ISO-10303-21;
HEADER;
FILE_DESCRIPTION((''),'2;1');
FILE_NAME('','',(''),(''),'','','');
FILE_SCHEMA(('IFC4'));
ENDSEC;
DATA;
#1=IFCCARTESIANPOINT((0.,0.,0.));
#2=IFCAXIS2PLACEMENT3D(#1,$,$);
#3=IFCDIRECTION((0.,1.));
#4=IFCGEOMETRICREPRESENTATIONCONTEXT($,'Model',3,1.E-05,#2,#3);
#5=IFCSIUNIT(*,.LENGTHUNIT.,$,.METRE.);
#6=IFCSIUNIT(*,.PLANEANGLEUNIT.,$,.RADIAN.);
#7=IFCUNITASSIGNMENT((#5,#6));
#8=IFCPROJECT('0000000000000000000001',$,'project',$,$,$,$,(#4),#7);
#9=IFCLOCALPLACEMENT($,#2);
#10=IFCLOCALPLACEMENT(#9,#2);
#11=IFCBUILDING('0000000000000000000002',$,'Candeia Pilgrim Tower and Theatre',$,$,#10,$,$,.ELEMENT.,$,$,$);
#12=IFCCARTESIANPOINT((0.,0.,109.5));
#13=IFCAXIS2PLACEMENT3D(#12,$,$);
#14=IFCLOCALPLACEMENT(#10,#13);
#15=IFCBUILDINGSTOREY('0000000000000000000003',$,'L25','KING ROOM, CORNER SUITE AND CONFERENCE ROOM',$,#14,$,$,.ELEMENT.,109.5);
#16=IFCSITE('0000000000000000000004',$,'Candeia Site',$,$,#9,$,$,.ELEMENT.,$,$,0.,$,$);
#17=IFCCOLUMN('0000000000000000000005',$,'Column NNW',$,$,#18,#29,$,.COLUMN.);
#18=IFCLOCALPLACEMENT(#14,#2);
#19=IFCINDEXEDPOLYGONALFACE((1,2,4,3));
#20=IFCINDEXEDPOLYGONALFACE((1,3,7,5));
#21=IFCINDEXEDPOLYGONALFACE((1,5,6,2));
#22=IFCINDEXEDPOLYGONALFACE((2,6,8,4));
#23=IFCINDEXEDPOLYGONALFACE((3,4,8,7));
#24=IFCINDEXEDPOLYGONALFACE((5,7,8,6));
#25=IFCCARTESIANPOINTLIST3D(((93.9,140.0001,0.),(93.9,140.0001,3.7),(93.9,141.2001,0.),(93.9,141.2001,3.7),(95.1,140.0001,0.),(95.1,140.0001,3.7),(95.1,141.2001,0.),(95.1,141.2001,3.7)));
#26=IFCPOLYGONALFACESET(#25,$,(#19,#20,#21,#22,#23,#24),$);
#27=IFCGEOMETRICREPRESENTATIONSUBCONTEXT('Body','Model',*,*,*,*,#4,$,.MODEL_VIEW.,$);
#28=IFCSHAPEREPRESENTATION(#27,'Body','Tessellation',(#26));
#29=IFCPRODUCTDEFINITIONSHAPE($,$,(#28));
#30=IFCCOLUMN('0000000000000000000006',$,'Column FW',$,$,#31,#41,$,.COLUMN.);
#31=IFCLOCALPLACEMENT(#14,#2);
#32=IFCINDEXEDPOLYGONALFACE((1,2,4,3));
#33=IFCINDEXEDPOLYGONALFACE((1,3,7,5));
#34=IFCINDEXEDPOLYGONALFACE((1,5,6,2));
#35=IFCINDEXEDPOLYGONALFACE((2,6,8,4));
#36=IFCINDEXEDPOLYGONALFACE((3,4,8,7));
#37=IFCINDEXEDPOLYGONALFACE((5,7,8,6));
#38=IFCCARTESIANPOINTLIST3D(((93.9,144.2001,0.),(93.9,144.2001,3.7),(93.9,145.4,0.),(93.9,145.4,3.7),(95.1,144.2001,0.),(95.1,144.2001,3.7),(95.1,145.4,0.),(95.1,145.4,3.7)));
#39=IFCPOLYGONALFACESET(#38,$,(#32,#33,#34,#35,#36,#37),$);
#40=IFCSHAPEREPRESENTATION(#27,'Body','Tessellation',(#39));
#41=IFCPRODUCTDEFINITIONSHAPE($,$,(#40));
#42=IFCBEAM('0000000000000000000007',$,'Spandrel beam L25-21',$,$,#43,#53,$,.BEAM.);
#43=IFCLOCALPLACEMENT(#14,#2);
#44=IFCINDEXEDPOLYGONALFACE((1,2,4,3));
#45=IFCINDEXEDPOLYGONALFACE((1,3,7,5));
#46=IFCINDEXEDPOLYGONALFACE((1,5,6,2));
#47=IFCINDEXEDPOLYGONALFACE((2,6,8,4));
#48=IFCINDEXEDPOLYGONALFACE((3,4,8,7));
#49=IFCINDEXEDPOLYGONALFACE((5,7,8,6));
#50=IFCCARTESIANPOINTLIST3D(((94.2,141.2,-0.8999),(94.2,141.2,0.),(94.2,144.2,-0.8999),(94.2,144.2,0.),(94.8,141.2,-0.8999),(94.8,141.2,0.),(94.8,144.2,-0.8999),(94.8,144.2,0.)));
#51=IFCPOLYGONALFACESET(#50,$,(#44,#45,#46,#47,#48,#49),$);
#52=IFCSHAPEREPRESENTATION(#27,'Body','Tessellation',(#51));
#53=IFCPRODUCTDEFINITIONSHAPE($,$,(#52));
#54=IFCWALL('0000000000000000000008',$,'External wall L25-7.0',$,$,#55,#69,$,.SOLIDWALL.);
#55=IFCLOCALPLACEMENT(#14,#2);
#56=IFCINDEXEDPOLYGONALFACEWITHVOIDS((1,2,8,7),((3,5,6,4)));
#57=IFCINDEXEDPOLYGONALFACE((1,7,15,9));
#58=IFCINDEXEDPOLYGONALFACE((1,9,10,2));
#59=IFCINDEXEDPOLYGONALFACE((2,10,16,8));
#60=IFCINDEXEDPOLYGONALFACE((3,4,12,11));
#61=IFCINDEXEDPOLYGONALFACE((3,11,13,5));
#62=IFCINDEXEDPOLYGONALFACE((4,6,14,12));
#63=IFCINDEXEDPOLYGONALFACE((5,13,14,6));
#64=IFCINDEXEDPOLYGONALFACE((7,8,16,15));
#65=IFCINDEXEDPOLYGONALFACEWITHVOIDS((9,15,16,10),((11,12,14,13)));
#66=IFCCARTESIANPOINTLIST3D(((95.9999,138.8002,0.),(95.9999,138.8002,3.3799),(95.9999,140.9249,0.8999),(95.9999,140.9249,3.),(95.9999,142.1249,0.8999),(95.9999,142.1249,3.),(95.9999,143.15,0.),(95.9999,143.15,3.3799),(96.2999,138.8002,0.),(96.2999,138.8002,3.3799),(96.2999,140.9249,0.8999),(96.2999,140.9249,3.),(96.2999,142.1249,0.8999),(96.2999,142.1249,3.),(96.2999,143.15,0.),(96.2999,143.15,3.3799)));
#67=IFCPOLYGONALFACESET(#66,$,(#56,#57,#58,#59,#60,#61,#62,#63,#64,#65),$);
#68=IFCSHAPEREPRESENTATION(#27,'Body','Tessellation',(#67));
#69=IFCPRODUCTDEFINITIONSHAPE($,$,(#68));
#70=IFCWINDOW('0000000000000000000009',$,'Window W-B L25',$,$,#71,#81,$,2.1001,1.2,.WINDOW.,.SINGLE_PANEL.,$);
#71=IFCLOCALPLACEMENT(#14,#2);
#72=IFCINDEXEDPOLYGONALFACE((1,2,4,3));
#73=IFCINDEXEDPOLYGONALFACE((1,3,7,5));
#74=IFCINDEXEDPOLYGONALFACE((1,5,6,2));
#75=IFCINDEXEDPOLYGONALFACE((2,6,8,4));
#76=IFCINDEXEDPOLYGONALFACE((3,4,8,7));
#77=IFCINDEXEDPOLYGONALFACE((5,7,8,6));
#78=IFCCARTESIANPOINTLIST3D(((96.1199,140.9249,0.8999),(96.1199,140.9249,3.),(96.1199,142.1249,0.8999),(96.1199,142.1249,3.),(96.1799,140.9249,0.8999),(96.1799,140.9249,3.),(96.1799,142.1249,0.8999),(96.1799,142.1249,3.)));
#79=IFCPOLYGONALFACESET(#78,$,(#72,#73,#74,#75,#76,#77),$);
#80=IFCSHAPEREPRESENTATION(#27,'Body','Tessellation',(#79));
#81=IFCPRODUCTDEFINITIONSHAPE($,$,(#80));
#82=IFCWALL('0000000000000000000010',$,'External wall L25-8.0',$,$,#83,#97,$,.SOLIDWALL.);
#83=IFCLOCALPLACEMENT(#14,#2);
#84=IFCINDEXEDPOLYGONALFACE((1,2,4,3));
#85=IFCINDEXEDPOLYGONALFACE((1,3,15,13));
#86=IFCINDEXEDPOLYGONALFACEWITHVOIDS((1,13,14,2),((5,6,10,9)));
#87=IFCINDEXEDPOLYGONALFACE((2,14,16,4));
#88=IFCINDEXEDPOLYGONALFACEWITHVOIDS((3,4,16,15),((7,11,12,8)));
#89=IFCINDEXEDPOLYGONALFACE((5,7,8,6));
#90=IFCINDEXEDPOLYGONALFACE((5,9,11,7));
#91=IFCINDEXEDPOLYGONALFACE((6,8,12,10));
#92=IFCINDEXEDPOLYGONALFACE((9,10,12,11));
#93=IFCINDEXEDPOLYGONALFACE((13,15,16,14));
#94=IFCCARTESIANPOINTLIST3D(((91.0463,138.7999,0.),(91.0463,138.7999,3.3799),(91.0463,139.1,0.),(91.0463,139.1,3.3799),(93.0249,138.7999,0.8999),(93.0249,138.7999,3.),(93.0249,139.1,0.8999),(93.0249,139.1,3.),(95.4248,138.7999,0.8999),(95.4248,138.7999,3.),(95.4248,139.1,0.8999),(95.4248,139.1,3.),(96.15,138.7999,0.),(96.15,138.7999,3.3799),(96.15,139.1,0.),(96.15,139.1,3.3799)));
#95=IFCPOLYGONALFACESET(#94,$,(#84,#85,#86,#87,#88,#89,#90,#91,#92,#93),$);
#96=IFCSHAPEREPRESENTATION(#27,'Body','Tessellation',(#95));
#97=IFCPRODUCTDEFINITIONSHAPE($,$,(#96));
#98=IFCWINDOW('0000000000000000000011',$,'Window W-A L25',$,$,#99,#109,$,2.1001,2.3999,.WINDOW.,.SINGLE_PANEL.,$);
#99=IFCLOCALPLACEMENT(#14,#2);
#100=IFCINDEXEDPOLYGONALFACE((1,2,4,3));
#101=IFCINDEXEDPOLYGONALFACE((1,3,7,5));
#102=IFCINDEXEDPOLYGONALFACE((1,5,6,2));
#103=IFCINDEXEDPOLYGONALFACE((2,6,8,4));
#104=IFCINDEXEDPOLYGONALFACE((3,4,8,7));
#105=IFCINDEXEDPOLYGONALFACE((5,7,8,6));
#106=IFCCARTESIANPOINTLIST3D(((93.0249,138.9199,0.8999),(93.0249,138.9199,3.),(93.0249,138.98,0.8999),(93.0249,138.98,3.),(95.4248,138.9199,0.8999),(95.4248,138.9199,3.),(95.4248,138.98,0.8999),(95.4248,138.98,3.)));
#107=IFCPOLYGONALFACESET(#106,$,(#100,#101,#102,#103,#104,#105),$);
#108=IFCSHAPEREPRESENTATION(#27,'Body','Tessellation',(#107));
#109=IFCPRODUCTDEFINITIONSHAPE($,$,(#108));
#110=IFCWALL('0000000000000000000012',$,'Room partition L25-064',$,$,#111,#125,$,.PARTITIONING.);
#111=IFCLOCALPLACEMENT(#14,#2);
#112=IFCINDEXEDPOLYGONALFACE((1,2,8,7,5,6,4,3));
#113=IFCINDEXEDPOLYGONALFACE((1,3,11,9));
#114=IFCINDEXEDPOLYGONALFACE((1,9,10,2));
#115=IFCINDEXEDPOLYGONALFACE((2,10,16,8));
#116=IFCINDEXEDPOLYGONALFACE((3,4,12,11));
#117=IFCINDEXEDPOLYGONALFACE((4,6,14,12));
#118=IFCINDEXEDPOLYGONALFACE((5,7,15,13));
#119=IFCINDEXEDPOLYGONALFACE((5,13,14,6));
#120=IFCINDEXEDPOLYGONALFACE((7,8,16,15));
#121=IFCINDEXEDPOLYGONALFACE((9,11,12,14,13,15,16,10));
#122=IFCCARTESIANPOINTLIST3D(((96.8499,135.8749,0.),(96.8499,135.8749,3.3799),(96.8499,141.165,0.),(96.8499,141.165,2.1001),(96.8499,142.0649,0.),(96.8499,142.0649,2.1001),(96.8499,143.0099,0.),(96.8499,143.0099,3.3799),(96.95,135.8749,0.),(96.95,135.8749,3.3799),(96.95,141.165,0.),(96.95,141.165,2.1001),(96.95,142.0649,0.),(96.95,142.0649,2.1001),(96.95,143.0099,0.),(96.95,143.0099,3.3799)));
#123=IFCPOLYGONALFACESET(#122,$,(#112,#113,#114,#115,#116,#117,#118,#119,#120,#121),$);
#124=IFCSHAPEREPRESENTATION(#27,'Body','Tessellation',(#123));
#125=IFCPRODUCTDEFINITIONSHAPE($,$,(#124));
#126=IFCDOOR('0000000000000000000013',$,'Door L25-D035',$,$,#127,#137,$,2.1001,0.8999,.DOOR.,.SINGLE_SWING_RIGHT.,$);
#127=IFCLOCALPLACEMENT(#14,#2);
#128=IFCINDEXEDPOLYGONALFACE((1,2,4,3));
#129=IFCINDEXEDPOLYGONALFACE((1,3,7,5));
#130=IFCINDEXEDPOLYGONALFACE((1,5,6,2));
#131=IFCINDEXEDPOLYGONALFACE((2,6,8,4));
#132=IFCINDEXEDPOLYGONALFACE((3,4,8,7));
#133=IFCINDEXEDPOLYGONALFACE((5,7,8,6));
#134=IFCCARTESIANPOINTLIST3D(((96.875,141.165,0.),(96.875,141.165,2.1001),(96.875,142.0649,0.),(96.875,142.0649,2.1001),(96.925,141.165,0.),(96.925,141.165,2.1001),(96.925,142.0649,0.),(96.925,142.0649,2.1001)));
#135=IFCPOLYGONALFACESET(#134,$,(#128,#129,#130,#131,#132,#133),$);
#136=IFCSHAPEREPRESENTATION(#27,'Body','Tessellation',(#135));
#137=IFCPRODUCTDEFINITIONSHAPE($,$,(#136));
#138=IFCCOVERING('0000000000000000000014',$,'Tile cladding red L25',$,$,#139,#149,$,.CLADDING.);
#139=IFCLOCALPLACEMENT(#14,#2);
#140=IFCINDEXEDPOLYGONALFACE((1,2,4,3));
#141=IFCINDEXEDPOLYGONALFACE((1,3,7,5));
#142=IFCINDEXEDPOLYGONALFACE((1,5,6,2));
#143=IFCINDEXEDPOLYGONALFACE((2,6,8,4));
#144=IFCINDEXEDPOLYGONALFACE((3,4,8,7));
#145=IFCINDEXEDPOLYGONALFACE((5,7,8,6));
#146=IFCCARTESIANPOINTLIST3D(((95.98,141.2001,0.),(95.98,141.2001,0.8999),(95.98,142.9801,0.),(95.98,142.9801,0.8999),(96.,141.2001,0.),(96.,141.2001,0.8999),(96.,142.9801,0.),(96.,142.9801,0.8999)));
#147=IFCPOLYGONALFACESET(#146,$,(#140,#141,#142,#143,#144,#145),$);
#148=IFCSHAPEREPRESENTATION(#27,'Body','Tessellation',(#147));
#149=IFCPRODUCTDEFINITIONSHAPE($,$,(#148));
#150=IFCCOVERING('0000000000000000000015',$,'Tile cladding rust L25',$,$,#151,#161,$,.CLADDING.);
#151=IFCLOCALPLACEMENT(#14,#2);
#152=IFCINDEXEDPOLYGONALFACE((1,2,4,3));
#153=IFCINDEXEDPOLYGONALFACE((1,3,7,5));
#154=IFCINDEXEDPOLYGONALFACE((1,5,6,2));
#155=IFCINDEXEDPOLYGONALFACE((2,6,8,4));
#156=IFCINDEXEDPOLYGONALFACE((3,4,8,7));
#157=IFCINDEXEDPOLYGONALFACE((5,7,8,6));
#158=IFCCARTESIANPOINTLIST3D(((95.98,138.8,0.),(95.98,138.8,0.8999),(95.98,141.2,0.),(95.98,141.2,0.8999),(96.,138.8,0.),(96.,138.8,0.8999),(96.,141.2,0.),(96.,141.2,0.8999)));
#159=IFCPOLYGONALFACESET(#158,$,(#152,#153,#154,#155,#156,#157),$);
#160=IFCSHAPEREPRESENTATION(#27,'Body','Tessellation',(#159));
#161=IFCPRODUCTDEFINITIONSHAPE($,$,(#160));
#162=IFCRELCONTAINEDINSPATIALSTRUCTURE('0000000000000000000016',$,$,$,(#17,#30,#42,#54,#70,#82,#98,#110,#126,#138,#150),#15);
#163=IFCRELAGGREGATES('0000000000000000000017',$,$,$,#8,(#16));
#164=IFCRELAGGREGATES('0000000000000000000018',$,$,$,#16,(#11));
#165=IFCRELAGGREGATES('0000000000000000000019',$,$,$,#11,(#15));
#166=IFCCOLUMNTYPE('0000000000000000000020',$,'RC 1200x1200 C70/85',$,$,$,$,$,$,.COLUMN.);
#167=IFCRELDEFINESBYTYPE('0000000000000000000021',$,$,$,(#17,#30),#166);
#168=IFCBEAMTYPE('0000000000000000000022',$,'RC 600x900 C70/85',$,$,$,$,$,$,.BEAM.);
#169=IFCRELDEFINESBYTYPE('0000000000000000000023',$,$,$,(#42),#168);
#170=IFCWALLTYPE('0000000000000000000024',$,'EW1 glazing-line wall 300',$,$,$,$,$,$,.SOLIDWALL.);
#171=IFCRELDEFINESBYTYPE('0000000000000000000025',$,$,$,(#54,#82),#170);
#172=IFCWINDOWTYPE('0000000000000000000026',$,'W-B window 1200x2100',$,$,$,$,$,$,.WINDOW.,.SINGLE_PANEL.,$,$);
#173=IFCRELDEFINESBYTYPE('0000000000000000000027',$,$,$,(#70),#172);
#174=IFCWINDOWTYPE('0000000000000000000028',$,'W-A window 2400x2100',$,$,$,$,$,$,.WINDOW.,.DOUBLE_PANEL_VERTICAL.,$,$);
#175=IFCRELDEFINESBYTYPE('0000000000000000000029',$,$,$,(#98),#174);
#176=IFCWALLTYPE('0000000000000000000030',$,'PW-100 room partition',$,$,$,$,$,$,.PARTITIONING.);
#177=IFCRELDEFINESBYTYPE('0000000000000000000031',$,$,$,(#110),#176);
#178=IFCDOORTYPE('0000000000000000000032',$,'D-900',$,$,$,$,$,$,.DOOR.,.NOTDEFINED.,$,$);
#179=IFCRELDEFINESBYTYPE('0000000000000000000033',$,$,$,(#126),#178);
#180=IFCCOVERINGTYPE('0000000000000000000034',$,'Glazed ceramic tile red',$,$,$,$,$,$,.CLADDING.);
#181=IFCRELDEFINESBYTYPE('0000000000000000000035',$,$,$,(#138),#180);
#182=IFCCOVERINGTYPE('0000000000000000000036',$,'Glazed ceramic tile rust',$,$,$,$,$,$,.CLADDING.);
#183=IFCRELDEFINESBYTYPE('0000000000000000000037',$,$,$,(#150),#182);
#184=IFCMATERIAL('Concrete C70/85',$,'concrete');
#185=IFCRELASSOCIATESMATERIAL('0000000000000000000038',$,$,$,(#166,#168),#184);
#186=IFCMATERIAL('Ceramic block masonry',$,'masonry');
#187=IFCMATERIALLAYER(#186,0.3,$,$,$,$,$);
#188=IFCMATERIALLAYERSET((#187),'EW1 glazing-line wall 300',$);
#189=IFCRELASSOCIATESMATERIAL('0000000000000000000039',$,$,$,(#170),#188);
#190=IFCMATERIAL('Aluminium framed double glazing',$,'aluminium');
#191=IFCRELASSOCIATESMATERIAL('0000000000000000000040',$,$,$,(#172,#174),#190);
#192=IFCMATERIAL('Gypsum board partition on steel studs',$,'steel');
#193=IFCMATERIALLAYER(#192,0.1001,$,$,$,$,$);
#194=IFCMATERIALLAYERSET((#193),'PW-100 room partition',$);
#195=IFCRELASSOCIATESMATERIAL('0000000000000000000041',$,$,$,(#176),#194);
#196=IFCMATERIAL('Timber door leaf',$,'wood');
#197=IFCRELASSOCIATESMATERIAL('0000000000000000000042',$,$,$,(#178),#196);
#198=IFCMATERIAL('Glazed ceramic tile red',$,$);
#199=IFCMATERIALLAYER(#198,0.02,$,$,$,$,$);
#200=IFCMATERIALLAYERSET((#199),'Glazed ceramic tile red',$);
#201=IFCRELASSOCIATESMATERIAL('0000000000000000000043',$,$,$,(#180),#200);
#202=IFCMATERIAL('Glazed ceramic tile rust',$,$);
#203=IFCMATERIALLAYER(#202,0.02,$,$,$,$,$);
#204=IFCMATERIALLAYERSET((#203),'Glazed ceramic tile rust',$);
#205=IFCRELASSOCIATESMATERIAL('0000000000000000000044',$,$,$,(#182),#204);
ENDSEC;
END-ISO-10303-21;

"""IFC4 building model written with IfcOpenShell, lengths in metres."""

from ifc_helpers import new_model, si_unit, direction, frame, frame_2d, origin, origin_2d, place, context, subcontext, project, spatial, rectangle, extrude, material, layer, layer_set, material_profile, profile_set, type_object, element, fill, save


model = new_model("IFC4")

# Units and contexts
model_context = context("Model", 3, precision=1e-05, world=origin(), true_north=direction((0.0, 1.0)))
body_context = subcontext(model_context, "Body", "Model", "MODEL_VIEW")
ifc_project = project(units=[si_unit("LENGTHUNIT", "METRE"), si_unit("PLANEANGLEUNIT", "RADIAN")], contexts=[model_context])

# Site, building, storey
site_placement = place(None, origin())
site = spatial("IfcSite", under=ifc_project, at=site_placement, Name="Candeia Site", CompositionType="ELEMENT", RefElevation=0.0)
building_placement = place(site_placement, origin())
building = spatial("IfcBuilding", under=site, at=building_placement, Name="Candeia Pilgrim Tower and Theatre", CompositionType="ELEMENT")
storey_placement = place(building_placement, frame((0.0, 0.0, 109.5)))
storey = spatial("IfcBuildingStorey", under=building, at=storey_placement, Name="L25", Description="KING ROOM, CORNER SUITE AND CONFERENCE ROOM", CompositionType="ELEMENT", Elevation=109.5)

# Columns
ifc_material_1 = material(Name="Concrete C70/85", Category="concrete")
ifc_material_profile_1 = material_profile(ifc_material_1, rectangle(XDim=1.2, YDim=1.2, at=origin_2d()))
ifc_profile_set_1 = profile_set([ifc_material_profile_1], Name="Concrete C70/85")
column_type = type_object("IfcColumnType", Name="RC 1200x1200 C70/85", PredefinedType="COLUMN", material=ifc_profile_set_1)
for number, where, z_axis, x_axis, name in (
    (1, (94.5, 140.6001, 0.0), (0.0, 0.0, 1.0), (1.0, 0.0, 0.0), "Column NNW"),
    (2, (94.5, 144.8, 0.0), (0.0, 0.0, 1.0), (1.0, 0.0, 0.0), "Column FW"),
):
    element("IfcColumn", number, at=place(storey_placement, frame(where, z_axis=z_axis, x_axis=x_axis)), inside=storey, type_object=column_type, Name=name, PredefinedType="COLUMN", context=body_context, shape_type="SweptSolid", body=[
        extrude(rectangle(XDim=1.2, YDim=1.2, at=origin_2d()), origin(), (0.0, 0.0, 1.0), 3.7),
    ])

# Beam
ifc_material_profile_2 = material_profile(ifc_material_1, rectangle(XDim=0.6001, YDim=0.8999, at=origin_2d()))
ifc_profile_set_2 = profile_set([ifc_material_profile_2], Name="Concrete C70/85")
beam_type = type_object("IfcBeamType", Name="RC 600x900 C70/85", PredefinedType="BEAM", material=ifc_profile_set_2)
beam_placement = place(storey_placement, frame((94.5, 144.2, -0.45), z_axis=(0.0, -1.0, 0.0), x_axis=(1.0, 0.0, 0.0)))
element("IfcBeam", 3, at=beam_placement, inside=storey, type_object=beam_type, Name="Spandrel beam L25-21", PredefinedType="BEAM", context=body_context, shape_type="SweptSolid", body=[
    extrude(rectangle(XDim=0.6001, YDim=0.8999, at=origin_2d()), origin(), (0.0, 0.0, 1.0), 3.0),
])

# Walls, openings, windows
ifc_material_2 = material(Name="Ceramic block masonry", Category="masonry")
ifc_layer_1 = layer(ifc_material_2, 0.3)
ifc_layer_set_1 = layer_set([ifc_layer_1], Name="EW1 glazing-line wall 300")
wall_type_1 = type_object("IfcWallType", Name="EW1 glazing-line wall 300", PredefinedType="SOLIDWALL", material=ifc_layer_set_1)
wall_1_placement = place(storey_placement, frame((96.1499, 143.1499, 0.0), z_axis=(0.0, 0.0, 1.0), x_axis=(0.0, -1.0, 0.0)))
wall_1 = element("IfcWall", 4, at=wall_1_placement, inside=storey, type_object=wall_type_1, Name="External wall L25-7.0", PredefinedType="SOLIDWALL", context=body_context, shape_type="SweptSolid", body=[
    extrude(rectangle(XDim=4.3499, YDim=0.3, at=frame_2d((2.1748, 0.0))), origin(), (0.0, 0.0, 1.0), 3.3799),
])
opening_1_placement = place(wall_1_placement, frame((1.0249, 0.0, 0.8999)))
opening_1 = element("IfcOpeningElement", 5, at=opening_1_placement, cuts=wall_1, PredefinedType="OPENING", context=body_context, shape_type="SweptSolid", body=[
    extrude(rectangle(XDim=1.2, YDim=2.1001, at=frame_2d((0.6001, 1.05))), frame((0.0, 0.1602, 0.0), z_axis=(0.0, -1.0, 0.0), x_axis=(1.0, 0.0, 0.0)), (0.0, 0.0, 1.0), 0.3201),
])
ifc_material_3 = material(Name="Aluminium framed double glazing", Category="aluminium")
window_type_1 = type_object("IfcWindowType", Name="W-B window 1200x2100", PartitioningType="SINGLE_PANEL", PredefinedType="WINDOW", material=ifc_material_3)
window_1_placement = place(opening_1_placement, origin())
window_1 = element("IfcWindow", 6, at=window_1_placement, inside=storey, type_object=window_type_1, Name="Window W-B L25", OverallHeight=2.1001, OverallWidth=1.2, PartitioningType="SINGLE_PANEL", PredefinedType="WINDOW", context=body_context, shape_type="SweptSolid", body=[
    extrude(rectangle(XDim=1.2, YDim=2.1001, at=frame_2d((0.6001, 1.05))), frame((0.0, 0.03, 0.0), z_axis=(0.0, -1.0, 0.0), x_axis=(1.0, 0.0, 0.0)), (0.0, 0.0, 1.0), 0.0601),
])
fill(opening_1, window_1)
wall_2_placement = place(storey_placement, frame((96.1499, 138.95, 0.0), z_axis=(0.0, 0.0, 1.0), x_axis=(-1.0, 0.0, 0.0)))
wall_2 = element("IfcWall", 7, at=wall_2_placement, inside=storey, type_object=wall_type_1, Name="External wall L25-8.0", PredefinedType="SOLIDWALL", context=body_context, shape_type="SweptSolid", body=[
    extrude(rectangle(XDim=5.1038, YDim=0.3, at=frame_2d((2.5518, 0.0))), origin(), (0.0, 0.0, 1.0), 3.3799),
])
opening_2_placement = place(wall_2_placement, frame((0.7251, 0.0, 0.8999)))
opening_2 = element("IfcOpeningElement", 8, at=opening_2_placement, cuts=wall_2, PredefinedType="OPENING", context=body_context, shape_type="SweptSolid", body=[
    extrude(rectangle(XDim=2.3999, YDim=2.1001, at=frame_2d((1.2, 1.05))), frame((0.0, 0.1602, 0.0), z_axis=(0.0, -1.0, 0.0), x_axis=(1.0, 0.0, 0.0)), (0.0, 0.0, 1.0), 0.3201),
])
window_type_2 = type_object("IfcWindowType", Name="W-A window 2400x2100", PartitioningType="DOUBLE_PANEL_VERTICAL", PredefinedType="WINDOW", material=ifc_material_3)
window_2_placement = place(opening_2_placement, origin())
window_2 = element("IfcWindow", 9, at=window_2_placement, inside=storey, type_object=window_type_2, Name="Window W-A L25", OverallHeight=2.1001, OverallWidth=2.3999, PartitioningType="SINGLE_PANEL", PredefinedType="WINDOW", context=body_context, shape_type="SweptSolid", body=[
    extrude(rectangle(XDim=2.3999, YDim=2.1001, at=frame_2d((1.2, 1.05))), frame((0.0, 0.03, 0.0), z_axis=(0.0, -1.0, 0.0), x_axis=(1.0, 0.0, 0.0)), (0.0, 0.0, 1.0), 0.0601),
])
fill(opening_2, window_2)

# Wall, opening, door
ifc_material_4 = material(Name="Gypsum board partition on steel studs", Category="steel")
ifc_layer_2 = layer(ifc_material_4, 0.1001)
ifc_layer_set_2 = layer_set([ifc_layer_2], Name="PW-100 room partition")
wall_type_2 = type_object("IfcWallType", Name="PW-100 room partition", PredefinedType="PARTITIONING", material=ifc_layer_set_2)
wall_3_placement = place(storey_placement, frame((96.8999, 135.875, 0.0), z_axis=(0.0, 0.0, 1.0), x_axis=(0.0, 1.0, 0.0)))
wall_3 = element("IfcWall", 10, at=wall_3_placement, inside=storey, type_object=wall_type_2, Name="Room partition L25-064", PredefinedType="PARTITIONING", context=body_context, shape_type="SweptSolid", body=[
    extrude(rectangle(XDim=7.135, YDim=0.1001, at=frame_2d((3.5674, 0.0))), origin(), (0.0, 0.0, 1.0), 3.3799),
])
opening_3_placement = place(wall_3_placement, frame((5.29, 0.0, 0.0)))
opening_3 = element("IfcOpeningElement", 11, at=opening_3_placement, cuts=wall_3, PredefinedType="OPENING", context=body_context, shape_type="SweptSolid", body=[
    extrude(rectangle(XDim=0.8999, YDim=2.1001, at=frame_2d((0.45, 1.05))), frame((0.0, 0.0601, 0.0), z_axis=(0.0, -1.0, 0.0), x_axis=(1.0, 0.0, 0.0)), (0.0, 0.0, 1.0), 0.1201),
])
ifc_material_5 = material(Name="Timber door leaf", Category="wood")
door_type = type_object("IfcDoorType", Name="D-900", OperationType="NOTDEFINED", PredefinedType="DOOR", material=ifc_material_5)
door_placement = place(opening_3_placement, origin())
door = element("IfcDoor", 12, at=door_placement, inside=storey, type_object=door_type, Name="Door L25-D035", OperationType="SINGLE_SWING_RIGHT", OverallHeight=2.1001, OverallWidth=0.8999, PredefinedType="DOOR", context=body_context, shape_type="SweptSolid", body=[
    extrude(rectangle(XDim=0.8999, YDim=2.1001, at=frame_2d((0.45, 1.05))), frame((0.0, 0.0249, 0.0), z_axis=(0.0, -1.0, 0.0), x_axis=(1.0, 0.0, 0.0)), (0.0, 0.0, 1.0), 0.05),
])
fill(opening_3, door)

# Coverings
ifc_material_6 = material(Name="Glazed ceramic tile red")
ifc_layer_3 = layer(ifc_material_6, 0.02)
ifc_layer_set_3 = layer_set([ifc_layer_3], Name="Glazed ceramic tile red")
covering_type_1 = type_object("IfcCoveringType", Name="Glazed ceramic tile red", PredefinedType="CLADDING", material=ifc_layer_set_3)
covering_1_placement = place(storey_placement, frame((95.99, 142.0901, 0.0), z_axis=(0.0, 0.0, 1.0), x_axis=(0.0, -1.0, 0.0)))
element("IfcCovering", 13, at=covering_1_placement, inside=storey, type_object=covering_type_1, Name="Tile cladding red L25", PredefinedType="CLADDING", context=body_context, shape_type="SweptSolid", body=[
    extrude(rectangle(XDim=1.78, YDim=0.02, at=origin_2d()), origin(), (0.0, 0.0, 1.0), 0.8999),
])
ifc_material_7 = material(Name="Glazed ceramic tile rust")
ifc_layer_4 = layer(ifc_material_7, 0.02)
ifc_layer_set_4 = layer_set([ifc_layer_4], Name="Glazed ceramic tile rust")
covering_type_2 = type_object("IfcCoveringType", Name="Glazed ceramic tile rust", PredefinedType="CLADDING", material=ifc_layer_set_4)
covering_2_placement = place(storey_placement, frame((95.99, 140.0, 0.0), z_axis=(0.0, 0.0, 1.0), x_axis=(0.0, -1.0, 0.0)))
element("IfcCovering", 14, at=covering_2_placement, inside=storey, type_object=covering_type_2, Name="Tile cladding rust L25", PredefinedType="CLADDING", context=body_context, shape_type="SweptSolid", body=[
    extrude(rectangle(XDim=2.3999, YDim=0.02, at=origin_2d()), origin(), (0.0, 0.0, 1.0), 0.8999),
])

save(model, "model.ifc")
